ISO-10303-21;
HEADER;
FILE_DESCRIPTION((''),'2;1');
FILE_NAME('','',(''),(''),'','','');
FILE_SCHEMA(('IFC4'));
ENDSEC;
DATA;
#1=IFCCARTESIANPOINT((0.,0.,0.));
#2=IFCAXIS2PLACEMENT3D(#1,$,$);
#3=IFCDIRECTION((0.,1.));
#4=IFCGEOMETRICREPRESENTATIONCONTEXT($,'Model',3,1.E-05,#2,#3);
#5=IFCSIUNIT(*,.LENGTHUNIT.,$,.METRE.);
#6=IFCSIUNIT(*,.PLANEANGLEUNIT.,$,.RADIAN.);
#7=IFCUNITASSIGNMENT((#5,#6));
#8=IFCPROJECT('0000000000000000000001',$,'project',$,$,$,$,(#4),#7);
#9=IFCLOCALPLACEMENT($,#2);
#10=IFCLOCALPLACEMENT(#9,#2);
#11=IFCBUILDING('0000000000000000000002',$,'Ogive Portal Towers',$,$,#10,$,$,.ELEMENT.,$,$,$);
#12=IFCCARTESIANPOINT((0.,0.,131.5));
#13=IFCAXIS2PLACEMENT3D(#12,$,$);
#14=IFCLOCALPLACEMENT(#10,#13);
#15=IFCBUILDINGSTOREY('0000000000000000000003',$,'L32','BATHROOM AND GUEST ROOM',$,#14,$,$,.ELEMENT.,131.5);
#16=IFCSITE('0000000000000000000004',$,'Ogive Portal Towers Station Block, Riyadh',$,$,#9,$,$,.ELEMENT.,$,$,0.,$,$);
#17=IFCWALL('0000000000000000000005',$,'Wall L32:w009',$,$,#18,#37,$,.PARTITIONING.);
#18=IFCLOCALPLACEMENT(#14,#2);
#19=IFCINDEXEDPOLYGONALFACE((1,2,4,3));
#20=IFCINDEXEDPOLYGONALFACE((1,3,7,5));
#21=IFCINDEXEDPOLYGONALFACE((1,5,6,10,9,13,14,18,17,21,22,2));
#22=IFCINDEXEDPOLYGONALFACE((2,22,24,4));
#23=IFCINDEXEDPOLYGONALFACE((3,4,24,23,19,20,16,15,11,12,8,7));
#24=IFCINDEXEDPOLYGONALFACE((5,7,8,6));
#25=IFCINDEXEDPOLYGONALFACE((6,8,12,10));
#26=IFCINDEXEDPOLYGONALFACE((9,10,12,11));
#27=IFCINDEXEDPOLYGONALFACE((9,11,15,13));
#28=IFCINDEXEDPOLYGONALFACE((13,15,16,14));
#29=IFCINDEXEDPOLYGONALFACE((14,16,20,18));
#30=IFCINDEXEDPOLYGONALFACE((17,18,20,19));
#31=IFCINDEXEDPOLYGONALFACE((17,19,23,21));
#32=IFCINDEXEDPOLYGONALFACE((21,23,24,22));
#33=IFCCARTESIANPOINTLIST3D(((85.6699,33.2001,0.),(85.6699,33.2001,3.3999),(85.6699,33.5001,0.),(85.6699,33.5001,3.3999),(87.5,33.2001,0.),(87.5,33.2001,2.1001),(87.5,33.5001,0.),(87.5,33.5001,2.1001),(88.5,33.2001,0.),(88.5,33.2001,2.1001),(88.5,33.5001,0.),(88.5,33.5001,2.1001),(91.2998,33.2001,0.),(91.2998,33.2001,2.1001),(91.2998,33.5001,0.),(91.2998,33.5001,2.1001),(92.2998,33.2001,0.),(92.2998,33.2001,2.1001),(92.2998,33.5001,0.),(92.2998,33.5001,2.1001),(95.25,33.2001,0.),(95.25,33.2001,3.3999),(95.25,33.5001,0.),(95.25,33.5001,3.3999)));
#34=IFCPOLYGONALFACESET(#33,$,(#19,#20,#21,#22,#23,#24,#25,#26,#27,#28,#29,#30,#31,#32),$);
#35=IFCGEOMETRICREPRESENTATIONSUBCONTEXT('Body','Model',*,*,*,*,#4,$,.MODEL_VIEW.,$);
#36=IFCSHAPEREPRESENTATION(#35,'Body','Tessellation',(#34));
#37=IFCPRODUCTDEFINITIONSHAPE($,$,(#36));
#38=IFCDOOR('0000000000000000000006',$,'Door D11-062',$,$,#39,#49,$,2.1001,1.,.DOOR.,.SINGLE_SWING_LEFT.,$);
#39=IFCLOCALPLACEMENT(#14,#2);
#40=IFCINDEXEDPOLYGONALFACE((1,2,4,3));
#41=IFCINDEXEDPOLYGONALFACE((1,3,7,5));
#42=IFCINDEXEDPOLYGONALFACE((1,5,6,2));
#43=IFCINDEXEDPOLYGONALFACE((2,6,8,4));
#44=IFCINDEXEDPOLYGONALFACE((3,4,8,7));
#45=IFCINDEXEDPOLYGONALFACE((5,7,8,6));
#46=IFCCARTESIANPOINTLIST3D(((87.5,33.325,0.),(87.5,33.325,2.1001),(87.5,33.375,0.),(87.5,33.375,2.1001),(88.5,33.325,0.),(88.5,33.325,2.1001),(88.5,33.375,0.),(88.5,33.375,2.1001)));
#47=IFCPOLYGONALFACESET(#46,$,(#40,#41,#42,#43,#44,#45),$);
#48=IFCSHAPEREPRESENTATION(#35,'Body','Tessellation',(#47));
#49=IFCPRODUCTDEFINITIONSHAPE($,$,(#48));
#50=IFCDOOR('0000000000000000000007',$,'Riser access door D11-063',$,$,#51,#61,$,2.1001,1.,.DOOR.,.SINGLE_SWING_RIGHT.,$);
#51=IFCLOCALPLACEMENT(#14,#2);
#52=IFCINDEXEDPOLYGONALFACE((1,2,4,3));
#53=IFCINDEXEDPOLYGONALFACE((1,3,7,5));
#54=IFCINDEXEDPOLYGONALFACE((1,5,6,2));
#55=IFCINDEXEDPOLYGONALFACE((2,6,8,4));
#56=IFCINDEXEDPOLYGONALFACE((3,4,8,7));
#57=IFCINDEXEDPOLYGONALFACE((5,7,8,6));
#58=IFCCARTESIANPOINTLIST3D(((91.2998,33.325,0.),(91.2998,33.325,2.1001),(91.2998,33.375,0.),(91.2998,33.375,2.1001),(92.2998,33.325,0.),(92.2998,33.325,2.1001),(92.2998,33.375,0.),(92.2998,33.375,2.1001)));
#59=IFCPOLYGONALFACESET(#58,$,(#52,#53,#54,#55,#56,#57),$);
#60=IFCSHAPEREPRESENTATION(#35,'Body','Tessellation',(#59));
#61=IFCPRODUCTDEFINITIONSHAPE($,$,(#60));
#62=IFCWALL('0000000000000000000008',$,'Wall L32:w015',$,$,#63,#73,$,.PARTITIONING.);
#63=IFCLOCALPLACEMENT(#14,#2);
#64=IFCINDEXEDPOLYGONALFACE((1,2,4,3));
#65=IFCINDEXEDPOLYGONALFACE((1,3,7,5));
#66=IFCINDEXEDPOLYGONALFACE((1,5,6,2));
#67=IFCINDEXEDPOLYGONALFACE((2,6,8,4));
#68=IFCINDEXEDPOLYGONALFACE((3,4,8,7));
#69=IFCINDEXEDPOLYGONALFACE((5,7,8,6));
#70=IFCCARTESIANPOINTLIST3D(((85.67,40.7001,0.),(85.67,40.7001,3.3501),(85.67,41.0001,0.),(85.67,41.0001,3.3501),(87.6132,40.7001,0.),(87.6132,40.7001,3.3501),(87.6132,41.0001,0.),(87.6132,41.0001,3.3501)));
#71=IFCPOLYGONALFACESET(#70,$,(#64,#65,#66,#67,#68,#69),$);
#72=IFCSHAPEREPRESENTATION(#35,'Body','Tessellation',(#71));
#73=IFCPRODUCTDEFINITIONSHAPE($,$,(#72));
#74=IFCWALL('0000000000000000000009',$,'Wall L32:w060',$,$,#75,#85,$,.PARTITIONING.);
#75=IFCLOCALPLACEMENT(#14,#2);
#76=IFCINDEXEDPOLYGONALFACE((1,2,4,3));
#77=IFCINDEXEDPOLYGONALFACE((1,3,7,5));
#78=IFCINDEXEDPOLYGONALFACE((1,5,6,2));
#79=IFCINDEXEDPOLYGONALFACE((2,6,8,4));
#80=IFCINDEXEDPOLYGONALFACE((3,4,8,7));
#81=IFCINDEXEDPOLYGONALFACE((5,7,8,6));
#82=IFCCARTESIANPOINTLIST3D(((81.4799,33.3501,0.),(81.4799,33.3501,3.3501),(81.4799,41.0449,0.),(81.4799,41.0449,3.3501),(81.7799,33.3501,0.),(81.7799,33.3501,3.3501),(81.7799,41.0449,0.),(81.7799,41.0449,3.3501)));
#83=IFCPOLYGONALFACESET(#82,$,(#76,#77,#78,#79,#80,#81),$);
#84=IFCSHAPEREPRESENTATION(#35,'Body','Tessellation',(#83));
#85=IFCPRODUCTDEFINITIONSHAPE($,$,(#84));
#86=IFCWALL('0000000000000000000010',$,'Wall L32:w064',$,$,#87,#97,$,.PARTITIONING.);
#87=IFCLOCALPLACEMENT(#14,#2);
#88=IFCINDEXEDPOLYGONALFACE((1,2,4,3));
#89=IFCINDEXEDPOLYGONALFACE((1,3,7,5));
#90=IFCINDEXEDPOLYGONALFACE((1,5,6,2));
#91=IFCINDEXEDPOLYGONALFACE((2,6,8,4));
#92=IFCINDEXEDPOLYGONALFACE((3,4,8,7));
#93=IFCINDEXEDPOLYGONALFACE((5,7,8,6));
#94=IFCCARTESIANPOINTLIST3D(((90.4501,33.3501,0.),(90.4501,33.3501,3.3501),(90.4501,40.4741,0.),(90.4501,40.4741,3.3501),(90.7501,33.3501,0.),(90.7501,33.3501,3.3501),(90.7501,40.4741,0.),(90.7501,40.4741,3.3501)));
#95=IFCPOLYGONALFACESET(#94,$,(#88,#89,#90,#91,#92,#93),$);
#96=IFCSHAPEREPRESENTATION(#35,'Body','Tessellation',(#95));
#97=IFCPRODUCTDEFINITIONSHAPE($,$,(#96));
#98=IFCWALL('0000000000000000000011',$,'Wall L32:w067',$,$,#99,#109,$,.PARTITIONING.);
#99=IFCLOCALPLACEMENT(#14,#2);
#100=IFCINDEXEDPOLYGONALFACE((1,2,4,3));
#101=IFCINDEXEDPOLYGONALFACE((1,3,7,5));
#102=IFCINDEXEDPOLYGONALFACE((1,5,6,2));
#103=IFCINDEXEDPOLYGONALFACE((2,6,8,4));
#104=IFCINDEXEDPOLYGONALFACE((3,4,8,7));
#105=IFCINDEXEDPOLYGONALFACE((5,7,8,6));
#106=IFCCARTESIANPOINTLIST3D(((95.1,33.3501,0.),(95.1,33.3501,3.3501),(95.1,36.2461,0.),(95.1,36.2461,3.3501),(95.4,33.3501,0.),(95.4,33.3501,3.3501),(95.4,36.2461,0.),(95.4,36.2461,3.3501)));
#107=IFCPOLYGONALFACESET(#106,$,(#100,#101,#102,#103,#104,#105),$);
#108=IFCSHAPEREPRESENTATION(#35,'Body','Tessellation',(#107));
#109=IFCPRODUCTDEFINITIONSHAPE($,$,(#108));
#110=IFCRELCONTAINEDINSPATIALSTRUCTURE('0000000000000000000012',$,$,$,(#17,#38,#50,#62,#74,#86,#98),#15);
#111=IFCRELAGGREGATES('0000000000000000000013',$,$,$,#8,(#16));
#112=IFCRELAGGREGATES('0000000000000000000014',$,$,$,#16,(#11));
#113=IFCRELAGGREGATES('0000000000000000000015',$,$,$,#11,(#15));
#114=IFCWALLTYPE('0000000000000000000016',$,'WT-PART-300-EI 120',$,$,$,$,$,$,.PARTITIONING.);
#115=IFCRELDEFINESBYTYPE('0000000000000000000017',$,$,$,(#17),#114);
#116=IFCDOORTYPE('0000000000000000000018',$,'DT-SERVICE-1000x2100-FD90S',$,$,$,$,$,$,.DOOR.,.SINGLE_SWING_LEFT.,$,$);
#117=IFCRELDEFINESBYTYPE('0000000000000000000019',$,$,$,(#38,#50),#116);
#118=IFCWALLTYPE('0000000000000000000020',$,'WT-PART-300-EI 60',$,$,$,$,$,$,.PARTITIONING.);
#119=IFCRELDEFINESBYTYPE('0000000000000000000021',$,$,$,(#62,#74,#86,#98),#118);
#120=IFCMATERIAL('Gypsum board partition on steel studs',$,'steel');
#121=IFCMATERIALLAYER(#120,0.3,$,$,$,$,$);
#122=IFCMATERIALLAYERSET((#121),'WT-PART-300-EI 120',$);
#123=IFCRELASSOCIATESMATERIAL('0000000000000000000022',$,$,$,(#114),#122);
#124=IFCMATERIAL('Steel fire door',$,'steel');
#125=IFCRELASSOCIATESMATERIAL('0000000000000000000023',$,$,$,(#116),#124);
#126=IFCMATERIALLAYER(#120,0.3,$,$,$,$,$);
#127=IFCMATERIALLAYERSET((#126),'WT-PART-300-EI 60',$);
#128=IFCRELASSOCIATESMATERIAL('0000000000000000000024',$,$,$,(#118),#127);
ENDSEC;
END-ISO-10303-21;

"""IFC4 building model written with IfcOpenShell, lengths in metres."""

from ifc_helpers import new_model, si_unit, direction, frame, frame_2d, origin, place, context, subcontext, project, spatial, rectangle, extrude, material, layer, layer_set, type_object, element, fill, save


model = new_model("IFC4")

# Units and contexts
model_context = context("Model", 3, precision=1e-05, world=origin(), true_north=direction((0.0, 1.0)))
body_context = subcontext(model_context, "Body", "Model", "MODEL_VIEW")
ifc_project = project(units=[si_unit("LENGTHUNIT", "METRE"), si_unit("PLANEANGLEUNIT", "RADIAN")], contexts=[model_context])

# Site, building, storey
site_placement = place(None, origin())
site = spatial("IfcSite", under=ifc_project, at=site_placement, Name="Ogive Portal Towers Station Block, Riyadh", CompositionType="ELEMENT", RefElevation=0.0)
building_placement = place(site_placement, origin())
building = spatial("IfcBuilding", under=site, at=building_placement, Name="Ogive Portal Towers", CompositionType="ELEMENT")
storey_placement = place(building_placement, frame((0.0, 0.0, 131.5)))
storey = spatial("IfcBuildingStorey", under=building, at=storey_placement, Name="L32", Description="BATHROOM AND GUEST ROOM", CompositionType="ELEMENT", Elevation=131.5)

# Wall, openings, doors
ifc_material_1 = material(Name="Gypsum board partition on steel studs", Category="steel")
ifc_layer_1 = layer(ifc_material_1, 0.3)
ifc_layer_set_1 = layer_set([ifc_layer_1], Name="WT-PART-300-EI 120")
wall_type_1 = type_object("IfcWallType", Name="WT-PART-300-EI 120", PredefinedType="PARTITIONING", material=ifc_layer_set_1)
wall_1_placement = place(storey_placement, frame((85.6699, 33.3501, 0.0), z_axis=(0.0, 0.0, 1.0), x_axis=(1.0, 0.0, 0.0)))
wall_1 = element("IfcWall", 1, at=wall_1_placement, inside=storey, type_object=wall_type_1, Name="Wall L32:w009", PredefinedType="PARTITIONING", context=body_context, shape_type="SweptSolid", body=[
    extrude(rectangle(XDim=9.5801, YDim=0.3, at=frame_2d((4.79, 0.0))), origin(), (0.0, 0.0, 1.0), 3.3999),
])
opening_1_placement = place(wall_1_placement, frame((1.8301, 0.0, 0.0)))
opening_1 = element("IfcOpeningElement", 2, at=opening_1_placement, cuts=wall_1, PredefinedType="OPENING", context=body_context, shape_type="SweptSolid", body=[
    extrude(rectangle(XDim=1.0, YDim=2.1001, at=frame_2d((0.5, 1.05))), frame((0.0, 0.1602, 0.0), z_axis=(0.0, -1.0, 0.0), x_axis=(1.0, 0.0, 0.0)), (0.0, 0.0, 1.0), 0.3201),
])
opening_2_placement = place(wall_1_placement, frame((5.6299, 0.0, 0.0)))
opening_2 = element("IfcOpeningElement", 3, at=opening_2_placement, cuts=wall_1, PredefinedType="OPENING", context=body_context, shape_type="SweptSolid", body=[
    extrude(rectangle(XDim=1.0, YDim=2.1001, at=frame_2d((0.5, 1.05))), frame((0.0, 0.1602, 0.0), z_axis=(0.0, -1.0, 0.0), x_axis=(1.0, 0.0, 0.0)), (0.0, 0.0, 1.0), 0.3201),
])
ifc_material_2 = material(Name="Steel fire door", Category="steel")
door_type = type_object("IfcDoorType", Name="DT-SERVICE-1000x2100-FD90S", OperationType="SINGLE_SWING_LEFT", PredefinedType="DOOR", material=ifc_material_2)
door_1_placement = place(opening_1_placement, origin())
door_1 = element("IfcDoor", 4, at=door_1_placement, inside=storey, type_object=door_type, Name="Door D11-062", OperationType="SINGLE_SWING_LEFT", OverallHeight=2.1001, OverallWidth=1.0, PredefinedType="DOOR", context=body_context, shape_type="SweptSolid", body=[
    extrude(rectangle(XDim=1.0, YDim=2.1001, at=frame_2d((0.5, 1.05))), frame((0.0, 0.0249, 0.0), z_axis=(0.0, -1.0, 0.0), x_axis=(1.0, 0.0, 0.0)), (0.0, 0.0, 1.0), 0.05),
])
fill(opening_1, door_1)
door_2_placement = place(opening_2_placement, origin())
door_2 = element("IfcDoor", 5, at=door_2_placement, inside=storey, type_object=door_type, Name="Riser access door D11-063", OperationType="SINGLE_SWING_RIGHT", OverallHeight=2.1001, OverallWidth=1.0, PredefinedType="DOOR", context=body_context, shape_type="SweptSolid", body=[
    extrude(rectangle(XDim=1.0, YDim=2.1001, at=frame_2d((0.5, 1.05))), frame((0.0, 0.0249, 0.0), z_axis=(0.0, -1.0, 0.0), x_axis=(1.0, 0.0, 0.0)), (0.0, 0.0, 1.0), 0.05),
])
fill(opening_2, door_2)

# Walls
ifc_layer_2 = layer(ifc_material_1, 0.3)
ifc_layer_set_2 = layer_set([ifc_layer_2], Name="WT-PART-300-EI 60")
wall_type_2 = type_object("IfcWallType", Name="WT-PART-300-EI 60", PredefinedType="PARTITIONING", material=ifc_layer_set_2)
wall_2_placement = place(storey_placement, frame((85.6699, 40.8501, 0.0), z_axis=(0.0, 0.0, 1.0), x_axis=(1.0, 0.0, 0.0)))
element("IfcWall", 6, at=wall_2_placement, inside=storey, type_object=wall_type_2, Name="Wall L32:w015", PredefinedType="PARTITIONING", context=body_context, shape_type="SweptSolid", body=[
    extrude(rectangle(XDim=1.9431, YDim=0.3, at=frame_2d((0.9717, 0.0))), origin(), (0.0, 0.0, 1.0), 3.3501),
])
wall_3_placement = place(storey_placement, frame((81.6299, 33.3501, 0.0), z_axis=(0.0, 0.0, 1.0), x_axis=(0.0, 1.0, 0.0)))
element("IfcWall", 7, at=wall_3_placement, inside=storey, type_object=wall_type_2, Name="Wall L32:w060", PredefinedType="PARTITIONING", context=body_context, shape_type="SweptSolid", body=[
    extrude(rectangle(XDim=7.6948, YDim=0.3, at=frame_2d((3.8474, 0.0))), origin(), (0.0, 0.0, 1.0), 3.3501),
])
wall_4_placement = place(storey_placement, frame((90.6001, 33.3501, 0.0), z_axis=(0.0, 0.0, 1.0), x_axis=(0.0, 1.0, 0.0)))
element("IfcWall", 8, at=wall_4_placement, inside=storey, type_object=wall_type_2, Name="Wall L32:w064", PredefinedType="PARTITIONING", context=body_context, shape_type="SweptSolid", body=[
    extrude(rectangle(XDim=7.124, YDim=0.3, at=frame_2d((3.562, 0.0))), origin(), (0.0, 0.0, 1.0), 3.3501),
])
wall_5_placement = place(storey_placement, frame((95.25, 33.3501, 0.0), z_axis=(0.0, 0.0, 1.0), x_axis=(0.0, 1.0, 0.0)))
element("IfcWall", 9, at=wall_5_placement, inside=storey, type_object=wall_type_2, Name="Wall L32:w067", PredefinedType="PARTITIONING", context=body_context, shape_type="SweptSolid", body=[
    extrude(rectangle(XDim=2.896, YDim=0.3, at=frame_2d((1.448, 0.0))), origin(), (0.0, 0.0, 1.0), 3.3501),
])

save(model, "model.ifc")
